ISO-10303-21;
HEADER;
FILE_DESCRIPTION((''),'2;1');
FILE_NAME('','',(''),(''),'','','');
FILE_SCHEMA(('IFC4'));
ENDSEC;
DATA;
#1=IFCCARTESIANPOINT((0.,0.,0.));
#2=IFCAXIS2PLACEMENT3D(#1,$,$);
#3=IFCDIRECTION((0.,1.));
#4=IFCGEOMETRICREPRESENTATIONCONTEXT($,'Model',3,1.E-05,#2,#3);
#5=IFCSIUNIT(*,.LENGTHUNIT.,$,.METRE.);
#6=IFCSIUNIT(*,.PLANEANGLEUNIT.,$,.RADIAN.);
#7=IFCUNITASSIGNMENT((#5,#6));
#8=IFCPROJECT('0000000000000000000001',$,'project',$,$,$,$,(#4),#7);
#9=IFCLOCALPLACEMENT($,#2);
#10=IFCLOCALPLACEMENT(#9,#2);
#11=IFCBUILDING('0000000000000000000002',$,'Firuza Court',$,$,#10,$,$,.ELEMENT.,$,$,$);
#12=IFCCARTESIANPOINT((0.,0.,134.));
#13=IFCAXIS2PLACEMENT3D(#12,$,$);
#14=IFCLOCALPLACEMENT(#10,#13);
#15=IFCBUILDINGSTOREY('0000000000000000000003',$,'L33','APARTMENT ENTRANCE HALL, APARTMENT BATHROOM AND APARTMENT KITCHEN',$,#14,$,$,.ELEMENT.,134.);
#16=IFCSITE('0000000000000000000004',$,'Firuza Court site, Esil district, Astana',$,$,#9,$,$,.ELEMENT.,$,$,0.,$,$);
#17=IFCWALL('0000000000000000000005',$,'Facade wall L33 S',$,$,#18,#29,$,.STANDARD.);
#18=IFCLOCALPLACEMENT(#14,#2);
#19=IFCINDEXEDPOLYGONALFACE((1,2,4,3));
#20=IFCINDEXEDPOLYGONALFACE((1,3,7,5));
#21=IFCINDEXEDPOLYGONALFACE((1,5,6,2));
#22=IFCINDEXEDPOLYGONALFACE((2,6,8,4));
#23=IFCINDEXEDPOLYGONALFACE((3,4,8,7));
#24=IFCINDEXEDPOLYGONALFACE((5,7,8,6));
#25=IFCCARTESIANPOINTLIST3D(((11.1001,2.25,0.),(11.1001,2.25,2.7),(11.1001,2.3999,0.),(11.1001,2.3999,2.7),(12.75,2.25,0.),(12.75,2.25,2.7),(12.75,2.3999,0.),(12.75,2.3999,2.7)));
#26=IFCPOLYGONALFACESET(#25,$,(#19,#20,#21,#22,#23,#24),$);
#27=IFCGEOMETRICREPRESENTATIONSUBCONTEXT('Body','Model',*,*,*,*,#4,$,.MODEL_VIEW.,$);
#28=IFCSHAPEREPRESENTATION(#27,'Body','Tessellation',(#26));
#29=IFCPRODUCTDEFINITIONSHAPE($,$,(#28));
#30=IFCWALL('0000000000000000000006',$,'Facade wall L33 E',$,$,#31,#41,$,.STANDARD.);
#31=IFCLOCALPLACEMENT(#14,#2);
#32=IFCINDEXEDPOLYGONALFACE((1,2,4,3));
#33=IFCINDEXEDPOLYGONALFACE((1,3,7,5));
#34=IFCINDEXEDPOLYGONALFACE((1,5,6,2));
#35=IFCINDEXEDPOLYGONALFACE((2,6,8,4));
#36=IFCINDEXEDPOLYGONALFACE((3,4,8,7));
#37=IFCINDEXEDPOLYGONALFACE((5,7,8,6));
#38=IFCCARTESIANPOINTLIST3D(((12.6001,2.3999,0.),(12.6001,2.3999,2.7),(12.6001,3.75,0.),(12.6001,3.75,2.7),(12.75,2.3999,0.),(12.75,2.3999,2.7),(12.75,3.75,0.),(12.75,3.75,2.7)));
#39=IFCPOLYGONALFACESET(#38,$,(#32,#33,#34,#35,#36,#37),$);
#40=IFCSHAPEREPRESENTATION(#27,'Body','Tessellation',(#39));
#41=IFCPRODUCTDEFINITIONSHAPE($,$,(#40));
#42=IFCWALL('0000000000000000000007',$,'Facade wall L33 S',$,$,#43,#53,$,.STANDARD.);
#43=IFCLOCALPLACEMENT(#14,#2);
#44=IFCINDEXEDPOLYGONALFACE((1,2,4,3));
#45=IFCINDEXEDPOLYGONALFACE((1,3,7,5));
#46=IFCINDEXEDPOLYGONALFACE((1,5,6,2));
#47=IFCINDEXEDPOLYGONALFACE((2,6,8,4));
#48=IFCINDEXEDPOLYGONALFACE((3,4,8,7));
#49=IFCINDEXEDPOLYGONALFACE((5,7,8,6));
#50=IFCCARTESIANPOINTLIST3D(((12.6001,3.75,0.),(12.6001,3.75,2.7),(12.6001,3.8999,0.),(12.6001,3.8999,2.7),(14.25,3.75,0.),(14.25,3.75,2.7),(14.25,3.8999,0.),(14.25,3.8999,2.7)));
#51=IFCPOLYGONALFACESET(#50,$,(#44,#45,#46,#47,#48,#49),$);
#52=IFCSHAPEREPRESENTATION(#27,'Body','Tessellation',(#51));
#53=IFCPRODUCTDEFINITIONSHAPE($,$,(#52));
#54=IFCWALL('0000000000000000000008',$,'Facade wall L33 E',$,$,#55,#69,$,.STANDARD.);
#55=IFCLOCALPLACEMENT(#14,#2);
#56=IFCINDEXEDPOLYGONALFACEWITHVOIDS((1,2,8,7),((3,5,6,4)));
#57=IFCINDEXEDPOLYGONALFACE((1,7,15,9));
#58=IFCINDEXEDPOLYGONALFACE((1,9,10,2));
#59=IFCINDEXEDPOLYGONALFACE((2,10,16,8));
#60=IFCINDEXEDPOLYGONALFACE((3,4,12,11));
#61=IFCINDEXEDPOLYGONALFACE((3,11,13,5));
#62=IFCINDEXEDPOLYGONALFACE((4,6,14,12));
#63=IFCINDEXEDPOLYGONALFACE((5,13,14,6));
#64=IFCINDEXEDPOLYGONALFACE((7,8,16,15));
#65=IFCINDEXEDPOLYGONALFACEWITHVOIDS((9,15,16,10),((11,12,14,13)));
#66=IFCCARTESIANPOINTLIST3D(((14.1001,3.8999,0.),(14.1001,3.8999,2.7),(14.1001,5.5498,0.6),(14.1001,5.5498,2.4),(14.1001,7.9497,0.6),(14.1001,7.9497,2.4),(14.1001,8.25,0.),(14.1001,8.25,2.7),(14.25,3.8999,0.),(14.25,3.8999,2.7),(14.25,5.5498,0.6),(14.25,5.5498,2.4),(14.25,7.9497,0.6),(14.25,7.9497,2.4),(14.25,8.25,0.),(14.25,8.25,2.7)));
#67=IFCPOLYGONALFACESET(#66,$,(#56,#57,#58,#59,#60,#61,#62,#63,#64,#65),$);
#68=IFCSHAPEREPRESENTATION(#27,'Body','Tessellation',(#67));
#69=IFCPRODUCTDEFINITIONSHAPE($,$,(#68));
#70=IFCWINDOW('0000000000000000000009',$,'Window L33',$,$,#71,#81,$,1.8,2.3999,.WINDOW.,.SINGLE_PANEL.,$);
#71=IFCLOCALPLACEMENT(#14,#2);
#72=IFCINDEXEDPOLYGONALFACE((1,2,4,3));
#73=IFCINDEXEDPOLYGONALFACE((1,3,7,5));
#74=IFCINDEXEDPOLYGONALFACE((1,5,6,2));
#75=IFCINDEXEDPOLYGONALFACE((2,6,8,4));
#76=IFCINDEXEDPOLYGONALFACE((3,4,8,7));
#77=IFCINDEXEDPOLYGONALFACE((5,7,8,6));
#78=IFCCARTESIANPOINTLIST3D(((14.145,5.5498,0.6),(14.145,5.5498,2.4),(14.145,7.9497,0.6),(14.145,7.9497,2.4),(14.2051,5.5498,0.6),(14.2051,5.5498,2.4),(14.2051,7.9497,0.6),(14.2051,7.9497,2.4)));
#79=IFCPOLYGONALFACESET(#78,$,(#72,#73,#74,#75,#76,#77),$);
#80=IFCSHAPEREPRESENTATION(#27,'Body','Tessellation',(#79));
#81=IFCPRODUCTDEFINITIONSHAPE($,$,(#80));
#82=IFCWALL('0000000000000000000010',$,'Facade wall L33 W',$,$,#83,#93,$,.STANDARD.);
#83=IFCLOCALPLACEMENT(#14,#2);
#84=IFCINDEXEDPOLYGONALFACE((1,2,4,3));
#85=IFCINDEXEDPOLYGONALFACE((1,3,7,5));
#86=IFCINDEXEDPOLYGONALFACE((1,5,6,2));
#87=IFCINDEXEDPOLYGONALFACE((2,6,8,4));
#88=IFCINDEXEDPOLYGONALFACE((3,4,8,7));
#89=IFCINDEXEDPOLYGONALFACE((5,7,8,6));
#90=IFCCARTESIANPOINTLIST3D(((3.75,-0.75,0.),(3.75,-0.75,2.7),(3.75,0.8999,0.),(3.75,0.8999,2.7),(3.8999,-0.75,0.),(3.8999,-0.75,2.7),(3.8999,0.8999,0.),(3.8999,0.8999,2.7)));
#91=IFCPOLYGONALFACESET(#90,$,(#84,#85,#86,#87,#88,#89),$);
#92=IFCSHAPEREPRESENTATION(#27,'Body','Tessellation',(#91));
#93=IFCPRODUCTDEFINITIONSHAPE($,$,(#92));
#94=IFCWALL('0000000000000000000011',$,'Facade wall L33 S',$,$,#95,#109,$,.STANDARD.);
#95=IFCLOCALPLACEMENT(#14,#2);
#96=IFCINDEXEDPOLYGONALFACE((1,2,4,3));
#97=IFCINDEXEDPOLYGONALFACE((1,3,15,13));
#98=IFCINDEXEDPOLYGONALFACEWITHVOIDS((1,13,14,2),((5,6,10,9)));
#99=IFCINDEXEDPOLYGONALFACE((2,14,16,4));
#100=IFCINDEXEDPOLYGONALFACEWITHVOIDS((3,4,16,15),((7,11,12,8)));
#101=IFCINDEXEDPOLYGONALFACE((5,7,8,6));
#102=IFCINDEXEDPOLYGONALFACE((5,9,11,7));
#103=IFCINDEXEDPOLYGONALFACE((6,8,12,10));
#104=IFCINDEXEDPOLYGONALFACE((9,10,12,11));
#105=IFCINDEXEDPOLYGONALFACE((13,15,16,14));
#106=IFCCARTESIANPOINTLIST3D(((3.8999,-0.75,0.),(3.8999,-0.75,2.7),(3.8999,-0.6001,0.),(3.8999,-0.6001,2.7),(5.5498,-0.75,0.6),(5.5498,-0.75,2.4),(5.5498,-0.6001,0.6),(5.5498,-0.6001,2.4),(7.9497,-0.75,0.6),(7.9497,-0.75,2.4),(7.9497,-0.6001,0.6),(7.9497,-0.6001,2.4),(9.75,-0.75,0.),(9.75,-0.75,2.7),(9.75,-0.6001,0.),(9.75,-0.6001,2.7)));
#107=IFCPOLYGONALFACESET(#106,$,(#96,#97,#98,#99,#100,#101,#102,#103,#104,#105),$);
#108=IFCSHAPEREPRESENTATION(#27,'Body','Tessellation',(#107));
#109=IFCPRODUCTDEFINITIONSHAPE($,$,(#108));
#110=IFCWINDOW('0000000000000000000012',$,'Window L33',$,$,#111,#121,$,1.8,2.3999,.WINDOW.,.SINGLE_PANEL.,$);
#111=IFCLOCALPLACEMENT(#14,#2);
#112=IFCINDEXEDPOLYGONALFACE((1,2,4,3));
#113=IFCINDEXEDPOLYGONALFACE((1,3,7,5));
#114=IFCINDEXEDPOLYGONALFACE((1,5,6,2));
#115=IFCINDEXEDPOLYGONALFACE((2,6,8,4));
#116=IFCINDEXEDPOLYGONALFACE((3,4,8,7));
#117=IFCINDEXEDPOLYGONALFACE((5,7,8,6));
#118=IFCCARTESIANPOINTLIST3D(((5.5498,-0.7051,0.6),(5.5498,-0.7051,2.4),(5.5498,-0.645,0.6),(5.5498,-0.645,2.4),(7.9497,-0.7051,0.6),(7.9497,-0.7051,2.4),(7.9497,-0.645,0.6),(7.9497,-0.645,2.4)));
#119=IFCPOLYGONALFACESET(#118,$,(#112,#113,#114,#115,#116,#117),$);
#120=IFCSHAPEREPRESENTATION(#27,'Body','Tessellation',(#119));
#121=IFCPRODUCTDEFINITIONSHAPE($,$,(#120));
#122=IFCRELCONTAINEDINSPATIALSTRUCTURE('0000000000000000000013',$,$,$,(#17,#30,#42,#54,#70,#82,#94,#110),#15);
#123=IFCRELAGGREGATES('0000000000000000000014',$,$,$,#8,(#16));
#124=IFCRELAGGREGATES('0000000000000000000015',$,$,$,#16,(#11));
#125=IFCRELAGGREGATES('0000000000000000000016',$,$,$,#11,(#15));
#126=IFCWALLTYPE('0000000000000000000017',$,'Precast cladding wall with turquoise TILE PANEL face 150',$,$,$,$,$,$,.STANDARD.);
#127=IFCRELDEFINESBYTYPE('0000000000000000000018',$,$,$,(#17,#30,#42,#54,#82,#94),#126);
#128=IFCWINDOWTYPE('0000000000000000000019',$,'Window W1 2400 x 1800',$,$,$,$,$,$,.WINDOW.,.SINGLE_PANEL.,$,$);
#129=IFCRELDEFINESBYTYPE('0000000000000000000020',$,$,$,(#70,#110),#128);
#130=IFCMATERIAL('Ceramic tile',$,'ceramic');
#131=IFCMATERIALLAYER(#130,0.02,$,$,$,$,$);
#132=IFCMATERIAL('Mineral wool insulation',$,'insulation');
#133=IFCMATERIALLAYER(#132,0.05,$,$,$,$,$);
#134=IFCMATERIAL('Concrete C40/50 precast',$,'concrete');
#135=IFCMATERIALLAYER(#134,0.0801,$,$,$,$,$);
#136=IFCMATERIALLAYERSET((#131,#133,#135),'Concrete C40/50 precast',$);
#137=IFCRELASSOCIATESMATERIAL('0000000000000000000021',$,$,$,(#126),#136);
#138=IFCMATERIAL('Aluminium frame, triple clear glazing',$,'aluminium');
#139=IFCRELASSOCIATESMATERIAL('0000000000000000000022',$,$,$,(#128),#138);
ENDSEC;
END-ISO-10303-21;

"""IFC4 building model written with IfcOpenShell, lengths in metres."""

from ifc_helpers import new_model, si_unit, direction, frame, frame_2d, origin, place, context, subcontext, project, spatial, rectangle, extrude, material, layer, layer_set, type_object, element, fill, save


model = new_model("IFC4")

# Units and contexts
model_context = context("Model", 3, precision=1e-05, world=origin(), true_north=direction((0.0, 1.0)))
body_context = subcontext(model_context, "Body", "Model", "MODEL_VIEW")
ifc_project = project(units=[si_unit("LENGTHUNIT", "METRE"), si_unit("PLANEANGLEUNIT", "RADIAN")], contexts=[model_context])

# Site, building, storey
site_placement = place(None, origin())
site = spatial("IfcSite", under=ifc_project, at=site_placement, Name="Firuza Court site, Esil district, Astana", CompositionType="ELEMENT", RefElevation=0.0)
building_placement = place(site_placement, origin())
building = spatial("IfcBuilding", under=site, at=building_placement, Name="Firuza Court", CompositionType="ELEMENT")
storey_placement = place(building_placement, frame((0.0, 0.0, 134.0)))
storey = spatial("IfcBuildingStorey", under=building, at=storey_placement, Name="L33", Description="APARTMENT ENTRANCE HALL, APARTMENT BATHROOM AND APARTMENT KITCHEN", CompositionType="ELEMENT", Elevation=134.0)

# Walls
ifc_material_1 = material(Name="Ceramic tile", Category="ceramic")
ifc_layer_1 = layer(ifc_material_1, 0.02)
ifc_material_2 = material(Name="Mineral wool insulation", Category="insulation")
ifc_layer_2 = layer(ifc_material_2, 0.05)
ifc_material_3 = material(Name="Concrete C40/50 precast", Category="concrete")
ifc_layer_3 = layer(ifc_material_3, 0.0801)
ifc_layer_set_1 = layer_set([ifc_layer_1, ifc_layer_2, ifc_layer_3], Name="Concrete C40/50 precast")
wall_type_1 = type_object("IfcWallType", Name="Precast cladding wall with turquoise TILE PANEL face 150", PredefinedType="STANDARD", material=ifc_layer_set_1)
wall_1_placement = place(storey_placement, frame((11.1001, 2.325, 0.0), z_axis=(0.0, 0.0, 1.0), x_axis=(1.0, 0.0, 0.0)))
element("IfcWall", 1, at=wall_1_placement, inside=storey, type_object=wall_type_1, Name="Facade wall L33 S", PredefinedType="STANDARD", context=body_context, shape_type="SweptSolid", body=[
    extrude(rectangle(XDim=1.6499, YDim=0.1499, at=frame_2d((0.825, 0.0))), origin(), (0.0, 0.0, 1.0), 2.7),
])
wall_2_placement = place(storey_placement, frame((12.675, 2.3999, 0.0), z_axis=(0.0, 0.0, 1.0), x_axis=(0.0, 1.0, 0.0)))
element("IfcWall", 2, at=wall_2_placement, inside=storey, type_object=wall_type_1, Name="Facade wall L33 E", PredefinedType="STANDARD", context=body_context, shape_type="SweptSolid", body=[
    extrude(rectangle(XDim=1.3501, YDim=0.1499, at=frame_2d((0.675, 0.0))), origin(), (0.0, 0.0, 1.0), 2.7),
])
wall_3_placement = place(storey_placement, frame((12.6001, 3.825, 0.0), z_axis=(0.0, 0.0, 1.0), x_axis=(1.0, 0.0, 0.0)))
element("IfcWall", 3, at=wall_3_placement, inside=storey, type_object=wall_type_1, Name="Facade wall L33 S", PredefinedType="STANDARD", context=body_context, shape_type="SweptSolid", body=[
    extrude(rectangle(XDim=1.6499, YDim=0.1499, at=frame_2d((0.825, 0.0))), origin(), (0.0, 0.0, 1.0), 2.7),
])

# Wall, opening, window
wall_4_placement = place(storey_placement, frame((14.175, 3.8999, 0.0), z_axis=(0.0, 0.0, 1.0), x_axis=(0.0, 1.0, 0.0)))
wall_4 = element("IfcWall", 4, at=wall_4_placement, inside=storey, type_object=wall_type_1, Name="Facade wall L33 E", PredefinedType="STANDARD", context=body_context, shape_type="SweptSolid", body=[
    extrude(rectangle(XDim=4.3501, YDim=0.1499, at=frame_2d((2.175, 0.0))), origin(), (0.0, 0.0, 1.0), 2.7),
])
opening_1_placement = place(wall_4_placement, frame((1.6499, 0.0, 0.6001)))
opening_1 = element("IfcOpeningElement", 5, at=opening_1_placement, cuts=wall_4, PredefinedType="OPENING", context=body_context, shape_type="SweptSolid", body=[
    extrude(rectangle(XDim=2.3999, YDim=1.8, at=frame_2d((1.2, 0.8999))), frame((0.0, 0.0869, 0.0), z_axis=(0.0, -1.0, 0.0), x_axis=(1.0, 0.0, 0.0)), (0.0, 0.0, 1.0), 0.1738),
])
ifc_material_4 = material(Name="Aluminium frame, triple clear glazing", Category="aluminium")
window_type = type_object("IfcWindowType", Name="Window W1 2400 x 1800", PartitioningType="SINGLE_PANEL", PredefinedType="WINDOW", material=ifc_material_4)
window_1_placement = place(opening_1_placement, origin())
window_1 = element("IfcWindow", 6, at=window_1_placement, inside=storey, type_object=window_type, Name="Window L33", OverallHeight=1.8, OverallWidth=2.3999, PartitioningType="SINGLE_PANEL", PredefinedType="WINDOW", context=body_context, shape_type="SweptSolid", body=[
    extrude(rectangle(XDim=2.3999, YDim=1.8, at=frame_2d((1.2, 0.8999))), frame((0.0, 0.03, 0.0), z_axis=(0.0, -1.0, 0.0), x_axis=(1.0, 0.0, 0.0)), (0.0, 0.0, 1.0), 0.0601),
])
fill(opening_1, window_1)

# Wall
wall_5_placement = place(storey_placement, frame((3.825, 0.8999, 0.0), z_axis=(0.0, 0.0, 1.0), x_axis=(0.0, -1.0, 0.0)))
element("IfcWall", 7, at=wall_5_placement, inside=storey, type_object=wall_type_1, Name="Facade wall L33 W", PredefinedType="STANDARD", context=body_context, shape_type="SweptSolid", body=[
    extrude(rectangle(XDim=1.6499, YDim=0.1499, at=frame_2d((0.825, 0.0))), origin(), (0.0, 0.0, 1.0), 2.7),
])

# Wall, opening, window
wall_6_placement = place(storey_placement, frame((3.8999, -0.675, 0.0), z_axis=(0.0, 0.0, 1.0), x_axis=(1.0, 0.0, 0.0)))
wall_6 = element("IfcWall", 8, at=wall_6_placement, inside=storey, type_object=wall_type_1, Name="Facade wall L33 S", PredefinedType="STANDARD", context=body_context, shape_type="SweptSolid", body=[
    extrude(rectangle(XDim=5.8501, YDim=0.1499, at=frame_2d((2.925, 0.0))), origin(), (0.0, 0.0, 1.0), 2.7),
])
opening_2_placement = place(wall_6_placement, frame((1.6499, 0.0, 0.6001)))
opening_2 = element("IfcOpeningElement", 9, at=opening_2_placement, cuts=wall_6, PredefinedType="OPENING", context=body_context, shape_type="SweptSolid", body=[
    extrude(rectangle(XDim=2.3999, YDim=1.8, at=frame_2d((1.2, 0.8999))), frame((0.0, 0.0869, 0.0), z_axis=(0.0, -1.0, 0.0), x_axis=(1.0, 0.0, 0.0)), (0.0, 0.0, 1.0), 0.1738),
])
window_2_placement = place(opening_2_placement, origin())
window_2 = element("IfcWindow", 10, at=window_2_placement, inside=storey, type_object=window_type, Name="Window L33", OverallHeight=1.8, OverallWidth=2.3999, PartitioningType="SINGLE_PANEL", PredefinedType="WINDOW", context=body_context, shape_type="SweptSolid", body=[
    extrude(rectangle(XDim=2.3999, YDim=1.8, at=frame_2d((1.2, 0.8999))), frame((0.0, 0.03, 0.0), z_axis=(0.0, -1.0, 0.0), x_axis=(1.0, 0.0, 0.0)), (0.0, 0.0, 1.0), 0.0601),
])
fill(opening_2, window_2)

save(model, "model.ifc")
